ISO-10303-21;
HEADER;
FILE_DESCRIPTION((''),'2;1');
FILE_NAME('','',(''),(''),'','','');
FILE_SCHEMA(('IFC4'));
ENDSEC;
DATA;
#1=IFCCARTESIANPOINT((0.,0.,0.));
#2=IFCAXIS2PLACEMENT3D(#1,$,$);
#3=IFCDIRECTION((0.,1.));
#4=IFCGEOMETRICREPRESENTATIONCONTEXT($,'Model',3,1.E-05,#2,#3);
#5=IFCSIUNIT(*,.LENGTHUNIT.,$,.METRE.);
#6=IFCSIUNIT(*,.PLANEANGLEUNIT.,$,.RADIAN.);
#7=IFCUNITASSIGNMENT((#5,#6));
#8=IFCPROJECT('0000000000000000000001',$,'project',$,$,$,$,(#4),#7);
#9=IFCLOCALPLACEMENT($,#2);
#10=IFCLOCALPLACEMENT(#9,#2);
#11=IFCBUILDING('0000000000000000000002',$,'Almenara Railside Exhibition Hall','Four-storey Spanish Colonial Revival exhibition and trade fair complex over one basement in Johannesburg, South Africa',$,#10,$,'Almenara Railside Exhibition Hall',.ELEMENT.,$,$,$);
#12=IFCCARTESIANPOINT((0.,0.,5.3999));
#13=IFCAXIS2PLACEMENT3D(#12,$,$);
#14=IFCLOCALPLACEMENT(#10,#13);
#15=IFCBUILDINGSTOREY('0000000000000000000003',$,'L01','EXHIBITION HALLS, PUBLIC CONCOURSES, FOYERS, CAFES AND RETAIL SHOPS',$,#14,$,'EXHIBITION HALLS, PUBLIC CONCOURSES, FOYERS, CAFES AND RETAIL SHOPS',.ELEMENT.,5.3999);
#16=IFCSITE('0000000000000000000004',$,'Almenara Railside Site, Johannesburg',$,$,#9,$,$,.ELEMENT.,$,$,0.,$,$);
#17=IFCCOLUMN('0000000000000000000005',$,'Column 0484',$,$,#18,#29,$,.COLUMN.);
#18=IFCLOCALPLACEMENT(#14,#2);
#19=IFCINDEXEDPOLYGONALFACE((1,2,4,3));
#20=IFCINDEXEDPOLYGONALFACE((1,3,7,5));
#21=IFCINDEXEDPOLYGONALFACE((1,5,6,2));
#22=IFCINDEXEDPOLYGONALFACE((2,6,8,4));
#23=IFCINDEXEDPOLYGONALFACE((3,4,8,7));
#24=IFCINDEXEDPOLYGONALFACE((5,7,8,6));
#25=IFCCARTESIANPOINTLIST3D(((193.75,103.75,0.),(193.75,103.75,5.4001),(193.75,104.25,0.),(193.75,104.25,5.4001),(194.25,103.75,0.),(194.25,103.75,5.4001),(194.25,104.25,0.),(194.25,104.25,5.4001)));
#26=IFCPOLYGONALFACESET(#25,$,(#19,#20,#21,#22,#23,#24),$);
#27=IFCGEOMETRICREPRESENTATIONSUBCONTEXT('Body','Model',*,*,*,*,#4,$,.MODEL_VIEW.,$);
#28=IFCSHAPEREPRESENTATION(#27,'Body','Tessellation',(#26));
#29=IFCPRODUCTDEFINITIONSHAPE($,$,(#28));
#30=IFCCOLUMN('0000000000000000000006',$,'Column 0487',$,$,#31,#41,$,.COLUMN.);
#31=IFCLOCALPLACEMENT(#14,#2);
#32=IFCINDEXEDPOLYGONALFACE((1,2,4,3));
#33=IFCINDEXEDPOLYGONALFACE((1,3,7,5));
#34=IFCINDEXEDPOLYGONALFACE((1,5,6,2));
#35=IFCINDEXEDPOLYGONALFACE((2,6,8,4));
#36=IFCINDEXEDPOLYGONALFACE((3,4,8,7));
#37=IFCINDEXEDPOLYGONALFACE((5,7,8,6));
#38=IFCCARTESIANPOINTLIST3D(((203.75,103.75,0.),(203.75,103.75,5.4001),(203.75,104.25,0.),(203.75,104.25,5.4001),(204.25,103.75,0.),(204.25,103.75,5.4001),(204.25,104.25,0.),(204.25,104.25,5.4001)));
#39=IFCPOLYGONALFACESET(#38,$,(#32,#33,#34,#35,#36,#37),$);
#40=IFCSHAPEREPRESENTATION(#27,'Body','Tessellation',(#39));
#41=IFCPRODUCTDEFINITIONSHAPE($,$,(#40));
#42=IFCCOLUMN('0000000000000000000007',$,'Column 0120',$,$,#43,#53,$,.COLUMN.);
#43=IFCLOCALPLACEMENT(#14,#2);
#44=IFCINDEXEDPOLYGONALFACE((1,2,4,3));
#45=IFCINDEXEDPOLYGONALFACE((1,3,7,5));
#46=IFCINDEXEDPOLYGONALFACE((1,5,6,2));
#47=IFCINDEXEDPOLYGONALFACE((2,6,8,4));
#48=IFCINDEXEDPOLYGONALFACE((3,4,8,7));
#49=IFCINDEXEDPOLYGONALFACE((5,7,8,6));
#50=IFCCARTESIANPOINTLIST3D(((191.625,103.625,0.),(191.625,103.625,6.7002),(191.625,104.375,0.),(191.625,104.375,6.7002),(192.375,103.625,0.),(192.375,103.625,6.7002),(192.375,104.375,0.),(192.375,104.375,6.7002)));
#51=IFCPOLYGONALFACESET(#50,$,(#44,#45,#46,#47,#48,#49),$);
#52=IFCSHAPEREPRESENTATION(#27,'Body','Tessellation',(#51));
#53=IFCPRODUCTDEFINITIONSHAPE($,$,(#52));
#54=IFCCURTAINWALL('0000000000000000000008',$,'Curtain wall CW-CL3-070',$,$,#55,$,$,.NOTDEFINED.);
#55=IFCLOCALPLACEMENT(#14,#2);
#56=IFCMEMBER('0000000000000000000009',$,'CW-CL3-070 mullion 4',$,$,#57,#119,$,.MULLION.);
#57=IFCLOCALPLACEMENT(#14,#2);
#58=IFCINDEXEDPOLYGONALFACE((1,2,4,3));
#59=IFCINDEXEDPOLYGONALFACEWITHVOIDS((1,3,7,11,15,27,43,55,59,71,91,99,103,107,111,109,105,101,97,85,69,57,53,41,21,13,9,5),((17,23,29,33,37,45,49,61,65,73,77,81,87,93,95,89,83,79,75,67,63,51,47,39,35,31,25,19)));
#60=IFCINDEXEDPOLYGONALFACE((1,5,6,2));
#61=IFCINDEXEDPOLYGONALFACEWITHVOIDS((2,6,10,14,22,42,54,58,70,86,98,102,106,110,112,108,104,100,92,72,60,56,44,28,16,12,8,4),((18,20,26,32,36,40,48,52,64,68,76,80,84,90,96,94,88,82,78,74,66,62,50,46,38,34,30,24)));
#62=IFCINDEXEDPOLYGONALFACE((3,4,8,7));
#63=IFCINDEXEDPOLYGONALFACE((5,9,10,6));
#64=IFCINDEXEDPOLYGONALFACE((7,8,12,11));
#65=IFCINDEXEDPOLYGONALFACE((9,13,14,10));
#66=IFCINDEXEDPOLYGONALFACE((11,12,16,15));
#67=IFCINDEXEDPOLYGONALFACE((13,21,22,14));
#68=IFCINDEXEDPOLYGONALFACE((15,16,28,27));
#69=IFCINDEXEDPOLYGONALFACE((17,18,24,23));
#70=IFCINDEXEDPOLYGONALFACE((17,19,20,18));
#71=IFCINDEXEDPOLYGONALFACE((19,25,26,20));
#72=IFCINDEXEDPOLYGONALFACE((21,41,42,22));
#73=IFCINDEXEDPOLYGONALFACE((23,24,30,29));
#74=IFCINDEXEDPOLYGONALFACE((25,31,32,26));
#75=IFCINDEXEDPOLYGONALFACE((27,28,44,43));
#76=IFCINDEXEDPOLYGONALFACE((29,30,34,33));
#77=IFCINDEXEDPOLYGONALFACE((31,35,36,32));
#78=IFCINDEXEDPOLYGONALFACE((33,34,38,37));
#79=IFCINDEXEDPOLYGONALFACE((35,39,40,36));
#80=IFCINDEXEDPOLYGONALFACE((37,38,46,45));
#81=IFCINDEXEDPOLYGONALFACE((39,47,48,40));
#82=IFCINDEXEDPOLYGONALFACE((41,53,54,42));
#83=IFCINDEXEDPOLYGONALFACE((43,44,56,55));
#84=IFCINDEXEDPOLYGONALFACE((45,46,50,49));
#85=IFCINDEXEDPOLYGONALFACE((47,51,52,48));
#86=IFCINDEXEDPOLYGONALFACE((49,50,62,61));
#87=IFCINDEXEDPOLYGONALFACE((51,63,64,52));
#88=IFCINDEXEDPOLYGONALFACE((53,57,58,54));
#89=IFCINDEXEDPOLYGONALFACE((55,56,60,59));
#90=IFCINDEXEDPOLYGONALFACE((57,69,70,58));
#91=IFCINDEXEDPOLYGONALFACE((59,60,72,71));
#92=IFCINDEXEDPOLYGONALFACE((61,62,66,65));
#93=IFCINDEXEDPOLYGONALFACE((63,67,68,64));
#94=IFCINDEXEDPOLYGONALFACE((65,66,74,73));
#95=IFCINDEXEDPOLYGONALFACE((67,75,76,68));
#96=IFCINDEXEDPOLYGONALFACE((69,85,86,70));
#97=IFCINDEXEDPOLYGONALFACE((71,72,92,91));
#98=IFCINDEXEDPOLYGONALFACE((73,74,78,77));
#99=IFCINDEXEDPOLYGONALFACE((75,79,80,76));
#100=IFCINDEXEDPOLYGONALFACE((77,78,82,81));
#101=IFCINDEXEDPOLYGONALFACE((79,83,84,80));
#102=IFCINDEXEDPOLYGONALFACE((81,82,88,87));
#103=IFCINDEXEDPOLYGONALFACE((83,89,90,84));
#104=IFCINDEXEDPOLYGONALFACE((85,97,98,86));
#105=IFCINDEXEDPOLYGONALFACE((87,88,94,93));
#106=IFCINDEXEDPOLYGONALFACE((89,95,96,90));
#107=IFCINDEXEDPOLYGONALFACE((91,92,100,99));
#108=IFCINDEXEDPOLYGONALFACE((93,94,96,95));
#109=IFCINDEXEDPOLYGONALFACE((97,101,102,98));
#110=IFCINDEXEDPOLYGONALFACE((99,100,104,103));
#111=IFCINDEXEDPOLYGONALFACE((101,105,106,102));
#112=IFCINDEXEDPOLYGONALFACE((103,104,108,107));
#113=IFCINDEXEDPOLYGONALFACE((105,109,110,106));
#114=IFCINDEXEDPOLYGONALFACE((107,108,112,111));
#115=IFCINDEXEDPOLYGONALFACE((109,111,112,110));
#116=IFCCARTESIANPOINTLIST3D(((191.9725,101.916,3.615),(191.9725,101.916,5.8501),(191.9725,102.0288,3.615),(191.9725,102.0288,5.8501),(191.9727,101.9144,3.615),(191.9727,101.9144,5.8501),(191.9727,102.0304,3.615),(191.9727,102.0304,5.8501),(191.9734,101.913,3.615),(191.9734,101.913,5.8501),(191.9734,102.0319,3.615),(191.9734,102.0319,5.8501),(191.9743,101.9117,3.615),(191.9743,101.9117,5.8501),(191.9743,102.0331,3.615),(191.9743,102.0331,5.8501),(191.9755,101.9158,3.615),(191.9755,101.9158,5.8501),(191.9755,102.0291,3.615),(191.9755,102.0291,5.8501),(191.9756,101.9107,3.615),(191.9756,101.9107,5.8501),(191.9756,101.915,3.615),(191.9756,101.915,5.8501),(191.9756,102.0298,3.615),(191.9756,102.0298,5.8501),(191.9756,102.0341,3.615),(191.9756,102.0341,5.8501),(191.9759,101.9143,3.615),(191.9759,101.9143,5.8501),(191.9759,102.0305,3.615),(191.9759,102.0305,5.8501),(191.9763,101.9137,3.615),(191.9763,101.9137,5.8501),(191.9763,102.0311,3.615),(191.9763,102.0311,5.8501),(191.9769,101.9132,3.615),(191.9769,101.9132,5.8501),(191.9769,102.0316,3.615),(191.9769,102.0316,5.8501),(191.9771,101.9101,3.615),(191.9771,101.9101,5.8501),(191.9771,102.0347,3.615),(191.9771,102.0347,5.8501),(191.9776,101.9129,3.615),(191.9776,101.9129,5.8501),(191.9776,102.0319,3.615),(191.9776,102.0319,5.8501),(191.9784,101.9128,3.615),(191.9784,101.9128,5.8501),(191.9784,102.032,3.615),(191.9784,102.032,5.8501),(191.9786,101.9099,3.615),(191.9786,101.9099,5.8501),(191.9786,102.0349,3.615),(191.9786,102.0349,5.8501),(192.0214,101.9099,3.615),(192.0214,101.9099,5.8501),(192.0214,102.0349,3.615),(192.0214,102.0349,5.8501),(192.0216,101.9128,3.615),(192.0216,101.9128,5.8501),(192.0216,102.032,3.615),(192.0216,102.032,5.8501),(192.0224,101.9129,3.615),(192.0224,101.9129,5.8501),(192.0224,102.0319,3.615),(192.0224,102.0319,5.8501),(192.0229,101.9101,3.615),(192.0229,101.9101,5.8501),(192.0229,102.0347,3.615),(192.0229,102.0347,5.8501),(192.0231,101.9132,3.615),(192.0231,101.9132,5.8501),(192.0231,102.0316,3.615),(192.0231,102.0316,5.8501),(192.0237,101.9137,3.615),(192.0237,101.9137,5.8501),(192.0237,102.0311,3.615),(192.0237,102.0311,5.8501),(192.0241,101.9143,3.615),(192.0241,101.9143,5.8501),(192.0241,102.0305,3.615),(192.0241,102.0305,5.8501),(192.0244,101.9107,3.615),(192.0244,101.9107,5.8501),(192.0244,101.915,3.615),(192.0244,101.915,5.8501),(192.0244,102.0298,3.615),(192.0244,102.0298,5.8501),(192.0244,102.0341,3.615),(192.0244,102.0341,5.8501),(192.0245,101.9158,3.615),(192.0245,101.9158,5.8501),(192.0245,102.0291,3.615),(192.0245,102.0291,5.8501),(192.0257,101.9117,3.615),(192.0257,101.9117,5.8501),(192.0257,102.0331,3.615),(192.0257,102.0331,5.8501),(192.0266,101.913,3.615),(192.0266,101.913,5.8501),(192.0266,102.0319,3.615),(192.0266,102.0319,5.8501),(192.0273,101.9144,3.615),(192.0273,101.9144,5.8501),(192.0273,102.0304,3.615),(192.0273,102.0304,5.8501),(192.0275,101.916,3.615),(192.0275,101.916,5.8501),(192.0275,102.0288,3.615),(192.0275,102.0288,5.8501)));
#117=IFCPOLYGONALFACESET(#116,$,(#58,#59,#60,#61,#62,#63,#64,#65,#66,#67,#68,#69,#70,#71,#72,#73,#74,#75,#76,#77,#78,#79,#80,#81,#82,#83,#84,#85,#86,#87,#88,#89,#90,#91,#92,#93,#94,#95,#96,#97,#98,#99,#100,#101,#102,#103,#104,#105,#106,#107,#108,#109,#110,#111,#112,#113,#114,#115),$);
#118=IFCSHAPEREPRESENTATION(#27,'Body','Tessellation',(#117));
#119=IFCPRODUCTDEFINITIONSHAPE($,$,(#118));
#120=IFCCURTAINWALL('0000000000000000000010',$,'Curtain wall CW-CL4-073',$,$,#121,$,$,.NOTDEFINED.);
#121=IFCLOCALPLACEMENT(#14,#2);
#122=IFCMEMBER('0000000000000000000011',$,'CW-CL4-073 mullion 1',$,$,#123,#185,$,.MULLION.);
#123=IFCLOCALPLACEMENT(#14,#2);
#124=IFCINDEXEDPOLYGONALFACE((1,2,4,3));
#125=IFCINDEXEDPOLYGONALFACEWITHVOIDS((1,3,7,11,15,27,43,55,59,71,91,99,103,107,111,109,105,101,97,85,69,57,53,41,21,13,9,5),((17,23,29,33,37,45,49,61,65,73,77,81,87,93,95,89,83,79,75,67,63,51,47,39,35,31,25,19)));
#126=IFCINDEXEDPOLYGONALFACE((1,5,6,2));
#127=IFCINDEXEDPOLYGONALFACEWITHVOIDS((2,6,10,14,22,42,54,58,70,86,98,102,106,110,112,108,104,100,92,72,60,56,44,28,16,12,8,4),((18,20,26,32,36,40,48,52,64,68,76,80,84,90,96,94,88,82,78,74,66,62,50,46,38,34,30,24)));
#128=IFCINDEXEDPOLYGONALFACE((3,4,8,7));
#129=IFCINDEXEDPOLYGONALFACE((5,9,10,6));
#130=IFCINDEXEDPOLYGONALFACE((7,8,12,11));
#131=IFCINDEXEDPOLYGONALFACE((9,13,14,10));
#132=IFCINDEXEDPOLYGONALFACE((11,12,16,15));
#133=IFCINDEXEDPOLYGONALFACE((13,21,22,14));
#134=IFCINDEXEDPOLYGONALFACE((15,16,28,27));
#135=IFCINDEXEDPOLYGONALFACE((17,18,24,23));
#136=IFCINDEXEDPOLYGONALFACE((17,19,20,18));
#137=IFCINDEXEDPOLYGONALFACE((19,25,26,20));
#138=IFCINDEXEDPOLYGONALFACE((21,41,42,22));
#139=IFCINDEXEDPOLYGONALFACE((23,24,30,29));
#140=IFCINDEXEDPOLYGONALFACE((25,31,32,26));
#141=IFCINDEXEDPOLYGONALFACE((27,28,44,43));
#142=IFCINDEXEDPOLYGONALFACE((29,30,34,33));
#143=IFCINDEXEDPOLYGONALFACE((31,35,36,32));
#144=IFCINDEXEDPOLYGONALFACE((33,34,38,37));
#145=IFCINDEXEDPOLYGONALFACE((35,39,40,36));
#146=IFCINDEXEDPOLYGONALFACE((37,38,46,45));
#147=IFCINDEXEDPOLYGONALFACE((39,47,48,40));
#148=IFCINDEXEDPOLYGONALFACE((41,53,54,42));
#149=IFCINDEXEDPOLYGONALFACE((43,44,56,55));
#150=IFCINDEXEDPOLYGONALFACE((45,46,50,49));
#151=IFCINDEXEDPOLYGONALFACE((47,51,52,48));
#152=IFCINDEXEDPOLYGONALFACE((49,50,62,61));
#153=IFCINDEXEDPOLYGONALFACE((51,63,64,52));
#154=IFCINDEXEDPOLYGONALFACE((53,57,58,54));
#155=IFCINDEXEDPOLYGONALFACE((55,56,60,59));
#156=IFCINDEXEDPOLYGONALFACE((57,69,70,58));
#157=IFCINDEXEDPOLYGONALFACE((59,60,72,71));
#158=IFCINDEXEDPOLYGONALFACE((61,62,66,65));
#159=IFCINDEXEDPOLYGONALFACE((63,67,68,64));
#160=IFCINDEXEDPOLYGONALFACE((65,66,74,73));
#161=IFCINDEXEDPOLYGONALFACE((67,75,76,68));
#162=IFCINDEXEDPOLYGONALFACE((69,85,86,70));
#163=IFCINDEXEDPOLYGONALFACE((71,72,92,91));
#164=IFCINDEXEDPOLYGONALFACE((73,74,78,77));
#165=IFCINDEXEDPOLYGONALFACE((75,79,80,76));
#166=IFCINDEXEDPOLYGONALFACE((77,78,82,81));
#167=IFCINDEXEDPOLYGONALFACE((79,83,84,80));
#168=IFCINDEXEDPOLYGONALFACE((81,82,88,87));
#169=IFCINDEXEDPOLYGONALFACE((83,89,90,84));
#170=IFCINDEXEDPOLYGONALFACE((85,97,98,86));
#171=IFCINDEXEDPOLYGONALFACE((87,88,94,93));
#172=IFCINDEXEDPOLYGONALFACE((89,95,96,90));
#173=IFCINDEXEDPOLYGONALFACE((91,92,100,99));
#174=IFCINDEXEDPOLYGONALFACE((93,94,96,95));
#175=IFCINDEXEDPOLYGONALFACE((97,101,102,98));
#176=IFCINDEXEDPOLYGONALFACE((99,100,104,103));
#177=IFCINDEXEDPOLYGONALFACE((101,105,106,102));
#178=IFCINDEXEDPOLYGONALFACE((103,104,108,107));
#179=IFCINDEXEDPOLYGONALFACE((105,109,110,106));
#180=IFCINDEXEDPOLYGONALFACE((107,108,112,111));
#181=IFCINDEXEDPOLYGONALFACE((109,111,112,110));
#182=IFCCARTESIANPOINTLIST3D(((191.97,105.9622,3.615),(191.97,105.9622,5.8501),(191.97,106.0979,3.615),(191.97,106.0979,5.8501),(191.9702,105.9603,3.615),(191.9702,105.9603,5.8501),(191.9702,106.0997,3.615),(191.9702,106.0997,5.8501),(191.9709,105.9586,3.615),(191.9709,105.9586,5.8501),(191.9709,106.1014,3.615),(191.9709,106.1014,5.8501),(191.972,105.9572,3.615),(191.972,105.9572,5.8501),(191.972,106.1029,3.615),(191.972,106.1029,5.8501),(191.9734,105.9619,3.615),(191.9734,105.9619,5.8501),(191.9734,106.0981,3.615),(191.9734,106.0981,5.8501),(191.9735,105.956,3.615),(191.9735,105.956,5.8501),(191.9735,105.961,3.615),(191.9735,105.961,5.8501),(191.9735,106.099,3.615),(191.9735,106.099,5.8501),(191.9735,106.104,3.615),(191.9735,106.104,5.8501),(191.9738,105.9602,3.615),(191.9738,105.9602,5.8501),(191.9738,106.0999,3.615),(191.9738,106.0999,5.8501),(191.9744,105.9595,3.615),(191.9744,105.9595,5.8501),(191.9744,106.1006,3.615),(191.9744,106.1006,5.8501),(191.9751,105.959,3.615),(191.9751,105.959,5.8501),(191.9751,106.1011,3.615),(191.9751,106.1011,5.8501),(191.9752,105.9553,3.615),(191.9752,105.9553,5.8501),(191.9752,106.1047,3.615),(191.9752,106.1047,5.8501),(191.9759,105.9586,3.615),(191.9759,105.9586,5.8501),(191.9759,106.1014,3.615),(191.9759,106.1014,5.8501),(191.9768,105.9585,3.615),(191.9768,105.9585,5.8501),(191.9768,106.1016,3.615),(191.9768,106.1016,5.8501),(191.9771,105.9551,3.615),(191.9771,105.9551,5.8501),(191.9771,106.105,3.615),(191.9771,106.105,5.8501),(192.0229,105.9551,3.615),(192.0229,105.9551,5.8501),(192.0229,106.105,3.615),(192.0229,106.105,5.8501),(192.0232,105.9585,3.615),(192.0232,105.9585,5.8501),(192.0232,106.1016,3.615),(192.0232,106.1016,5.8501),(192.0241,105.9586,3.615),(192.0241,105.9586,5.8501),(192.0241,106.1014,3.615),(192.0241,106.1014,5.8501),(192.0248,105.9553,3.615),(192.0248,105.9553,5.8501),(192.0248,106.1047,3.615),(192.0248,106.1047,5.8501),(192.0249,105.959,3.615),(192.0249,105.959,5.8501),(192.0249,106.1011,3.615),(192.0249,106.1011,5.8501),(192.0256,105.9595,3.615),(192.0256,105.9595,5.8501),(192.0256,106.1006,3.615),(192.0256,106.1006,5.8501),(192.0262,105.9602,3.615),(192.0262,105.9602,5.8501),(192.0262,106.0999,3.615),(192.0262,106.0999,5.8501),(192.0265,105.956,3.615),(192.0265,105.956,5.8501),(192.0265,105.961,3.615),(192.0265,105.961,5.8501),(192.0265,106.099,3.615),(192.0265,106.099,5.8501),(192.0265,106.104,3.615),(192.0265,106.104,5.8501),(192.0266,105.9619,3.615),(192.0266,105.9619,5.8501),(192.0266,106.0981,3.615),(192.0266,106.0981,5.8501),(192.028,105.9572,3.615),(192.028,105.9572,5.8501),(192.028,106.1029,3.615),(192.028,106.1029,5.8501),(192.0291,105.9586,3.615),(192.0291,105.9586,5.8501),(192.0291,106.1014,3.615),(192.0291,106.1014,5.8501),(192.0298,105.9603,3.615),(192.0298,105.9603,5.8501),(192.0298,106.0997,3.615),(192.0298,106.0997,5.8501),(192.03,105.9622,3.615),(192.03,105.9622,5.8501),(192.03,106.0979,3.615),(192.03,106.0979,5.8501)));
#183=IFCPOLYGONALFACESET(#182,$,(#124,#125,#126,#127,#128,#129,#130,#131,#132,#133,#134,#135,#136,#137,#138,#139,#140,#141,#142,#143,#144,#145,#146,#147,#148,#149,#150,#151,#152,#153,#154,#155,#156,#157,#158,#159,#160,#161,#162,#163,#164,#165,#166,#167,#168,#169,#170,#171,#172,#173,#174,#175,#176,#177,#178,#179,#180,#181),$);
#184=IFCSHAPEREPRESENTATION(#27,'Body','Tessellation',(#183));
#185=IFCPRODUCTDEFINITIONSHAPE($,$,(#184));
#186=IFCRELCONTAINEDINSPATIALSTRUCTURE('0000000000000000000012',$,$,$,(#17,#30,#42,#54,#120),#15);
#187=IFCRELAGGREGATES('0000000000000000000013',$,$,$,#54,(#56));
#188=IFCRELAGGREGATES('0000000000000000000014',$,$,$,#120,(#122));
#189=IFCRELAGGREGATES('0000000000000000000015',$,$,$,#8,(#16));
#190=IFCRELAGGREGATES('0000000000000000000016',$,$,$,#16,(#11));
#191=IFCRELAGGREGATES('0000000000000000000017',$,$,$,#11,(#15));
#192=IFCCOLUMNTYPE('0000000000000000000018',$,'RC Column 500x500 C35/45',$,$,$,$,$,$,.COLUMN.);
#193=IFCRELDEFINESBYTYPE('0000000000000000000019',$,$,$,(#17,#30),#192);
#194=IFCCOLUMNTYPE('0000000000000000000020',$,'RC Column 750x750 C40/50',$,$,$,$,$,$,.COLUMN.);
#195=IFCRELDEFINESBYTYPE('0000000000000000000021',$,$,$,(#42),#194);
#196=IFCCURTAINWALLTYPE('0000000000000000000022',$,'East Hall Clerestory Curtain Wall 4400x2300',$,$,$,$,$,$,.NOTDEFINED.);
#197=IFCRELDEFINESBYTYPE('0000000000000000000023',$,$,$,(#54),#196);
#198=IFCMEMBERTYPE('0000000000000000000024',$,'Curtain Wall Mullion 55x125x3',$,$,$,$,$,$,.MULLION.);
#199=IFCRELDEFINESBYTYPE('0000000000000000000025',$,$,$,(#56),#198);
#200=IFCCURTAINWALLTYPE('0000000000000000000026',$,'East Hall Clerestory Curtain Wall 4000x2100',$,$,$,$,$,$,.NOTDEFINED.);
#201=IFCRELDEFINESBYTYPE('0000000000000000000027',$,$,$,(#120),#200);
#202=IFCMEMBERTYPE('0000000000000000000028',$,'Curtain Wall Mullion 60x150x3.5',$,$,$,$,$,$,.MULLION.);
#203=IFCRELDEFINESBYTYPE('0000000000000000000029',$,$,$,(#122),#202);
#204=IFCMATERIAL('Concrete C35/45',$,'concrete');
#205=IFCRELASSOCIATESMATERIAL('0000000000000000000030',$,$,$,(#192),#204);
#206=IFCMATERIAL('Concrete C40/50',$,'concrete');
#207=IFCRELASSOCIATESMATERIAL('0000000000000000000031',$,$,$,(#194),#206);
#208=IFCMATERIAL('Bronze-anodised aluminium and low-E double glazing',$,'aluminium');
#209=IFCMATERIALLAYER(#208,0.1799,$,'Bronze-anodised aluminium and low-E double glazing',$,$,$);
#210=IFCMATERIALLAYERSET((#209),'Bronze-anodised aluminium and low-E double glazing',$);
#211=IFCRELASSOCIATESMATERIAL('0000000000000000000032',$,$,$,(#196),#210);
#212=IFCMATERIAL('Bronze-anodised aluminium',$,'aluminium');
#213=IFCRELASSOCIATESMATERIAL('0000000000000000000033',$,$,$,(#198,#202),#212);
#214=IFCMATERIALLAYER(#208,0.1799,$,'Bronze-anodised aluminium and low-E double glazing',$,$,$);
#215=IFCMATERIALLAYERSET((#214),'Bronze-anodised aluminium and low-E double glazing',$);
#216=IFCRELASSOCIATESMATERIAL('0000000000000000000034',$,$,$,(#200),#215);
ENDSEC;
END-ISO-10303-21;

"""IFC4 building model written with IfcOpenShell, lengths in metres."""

from ifc_helpers import new_model, si_unit, direction, frame, origin, origin_2d, place, context, subcontext, project, spatial, rectangle, hollow_rectangle, extrude, material, layer, layer_set, material_profile, profile_set, type_object, element, aggregate, save


model = new_model("IFC4")

# Units and contexts
model_context = context("Model", 3, precision=1e-05, world=origin(), true_north=direction((0.0, 1.0)))
body_context = subcontext(model_context, "Body", "Model", "MODEL_VIEW")
ifc_project = project(units=[si_unit("LENGTHUNIT", "METRE"), si_unit("PLANEANGLEUNIT", "RADIAN")], contexts=[model_context])

# Site, building, storey
site_placement = place(None, origin())
site = spatial("IfcSite", under=ifc_project, at=site_placement, Name="Almenara Railside Site, Johannesburg", CompositionType="ELEMENT", RefElevation=0.0)
building_placement = place(site_placement, origin())
building = spatial("IfcBuilding", under=site, at=building_placement, Name="Almenara Railside Exhibition Hall", Description="Four-storey Spanish Colonial Revival exhibition and trade fair complex over one basement in Johannesburg, South Africa", LongName="Almenara Railside Exhibition Hall", CompositionType="ELEMENT")
storey_placement = place(building_placement, frame((0.0, 0.0, 5.3999)))
storey = spatial("IfcBuildingStorey", under=building, at=storey_placement, Name="L01", Description="EXHIBITION HALLS, PUBLIC CONCOURSES, FOYERS, CAFES AND RETAIL SHOPS", LongName="EXHIBITION HALLS, PUBLIC CONCOURSES, FOYERS, CAFES AND RETAIL SHOPS", CompositionType="ELEMENT", Elevation=5.3999)

# Columns
ifc_material_1 = material(Name="Concrete C35/45", Category="concrete")
ifc_material_profile_1 = material_profile(ifc_material_1, rectangle(XDim=0.5, YDim=0.5, at=origin_2d()), Name="RC 500x500")
ifc_profile_set_1 = profile_set([ifc_material_profile_1], Name="Concrete C35/45")
column_type_1 = type_object("IfcColumnType", Name="RC Column 500x500 C35/45", PredefinedType="COLUMN", material=ifc_profile_set_1)
for number, where, z_axis, x_axis, name in (
    (1, (194.0, 104.0, 0.0), (0.0, 0.0, 1.0), (1.0, 0.0, 0.0), "Column 0484"),
    (2, (204.0, 104.0, 0.0), (0.0, 0.0, 1.0), (1.0, 0.0, 0.0), "Column 0487"),
):
    element("IfcColumn", number, at=place(storey_placement, frame(where, z_axis=z_axis, x_axis=x_axis)), inside=storey, type_object=column_type_1, Name=name, PredefinedType="COLUMN", context=body_context, shape_type="SweptSolid", body=[
        extrude(rectangle(XDim=0.5, YDim=0.5, at=origin_2d()), origin(), (0.0, 0.0, 1.0), 5.4001),
    ])
ifc_material_2 = material(Name="Concrete C40/50", Category="concrete")
ifc_material_profile_2 = material_profile(ifc_material_2, rectangle(XDim=0.75, YDim=0.75, at=origin_2d()), Name="RC 750x750")
ifc_profile_set_2 = profile_set([ifc_material_profile_2], Name="Concrete C40/50")
column_type_2 = type_object("IfcColumnType", Name="RC Column 750x750 C40/50", PredefinedType="COLUMN", material=ifc_profile_set_2)
column_placement = place(storey_placement, frame((192.0, 104.0, 0.0), z_axis=(0.0, 0.0, 1.0), x_axis=(1.0, 0.0, 0.0)))
element("IfcColumn", 3, at=column_placement, inside=storey, type_object=column_type_2, Name="Column 0120", PredefinedType="COLUMN", context=body_context, shape_type="SweptSolid", body=[
    extrude(rectangle(XDim=0.75, YDim=0.75, at=origin_2d()), origin(), (0.0, 0.0, 1.0), 6.7002),
])

# Curtain wall, member
ifc_material_3 = material(Name="Bronze-anodised aluminium and low-E double glazing", Category="aluminium")
ifc_layer_1 = layer(ifc_material_3, 0.1799, Name="Bronze-anodised aluminium and low-E double glazing")
ifc_layer_set_1 = layer_set([ifc_layer_1], Name="Bronze-anodised aluminium and low-E double glazing")
curtain_wall_type_1 = type_object("IfcCurtainWallType", Name="East Hall Clerestory Curtain Wall 4400x2300", PredefinedType="NOTDEFINED", material=ifc_layer_set_1)
curtain_wall_1_placement = place(storey_placement, origin())
curtain_wall_1 = element("IfcCurtainWall", 4, at=curtain_wall_1_placement, inside=storey, type_object=curtain_wall_type_1, Name="Curtain wall CW-CL3-070", PredefinedType="NOTDEFINED")
ifc_material_4 = material(Name="Bronze-anodised aluminium", Category="aluminium")
ifc_material_profile_3 = material_profile(ifc_material_4, hollow_rectangle(XDim=0.0549, YDim=0.125, WallThickness=0.0029, InnerFilletRadius=0.0029, OuterFilletRadius=0.0061, at=origin_2d()), Name="ALU-MUL 55x125x3")
ifc_profile_set_3 = profile_set([ifc_material_profile_3], Name="Bronze-anodised aluminium")
member_type_1 = type_object("IfcMemberType", Name="Curtain Wall Mullion 55x125x3", PredefinedType="MULLION", material=ifc_profile_set_3)
member_1_placement = place(storey_placement, frame((192.0, 101.9724, 3.615), z_axis=(0.0, 0.0, 1.0), x_axis=(-1.0, 0.0, 0.0)))
member_1 = element("IfcMember", 5, at=member_1_placement, type_object=member_type_1, Name="CW-CL3-070 mullion 4", PredefinedType="MULLION", context=body_context, shape_type="SweptSolid", body=[
    extrude(hollow_rectangle(XDim=0.0549, YDim=0.125, WallThickness=0.0029, InnerFilletRadius=0.0029, OuterFilletRadius=0.0061, at=origin_2d()), origin(), (0.0, 0.0, 1.0), 2.2351),
])

# Curtain wall, member
ifc_layer_2 = layer(ifc_material_3, 0.1799, Name="Bronze-anodised aluminium and low-E double glazing")
ifc_layer_set_2 = layer_set([ifc_layer_2], Name="Bronze-anodised aluminium and low-E double glazing")
curtain_wall_type_2 = type_object("IfcCurtainWallType", Name="East Hall Clerestory Curtain Wall 4000x2100", PredefinedType="NOTDEFINED", material=ifc_layer_set_2)
curtain_wall_2_placement = place(storey_placement, origin())
curtain_wall_2 = element("IfcCurtainWall", 6, at=curtain_wall_2_placement, inside=storey, type_object=curtain_wall_type_2, Name="Curtain wall CW-CL4-073", PredefinedType="NOTDEFINED")
ifc_material_profile_4 = material_profile(ifc_material_4, hollow_rectangle(XDim=0.0601, YDim=0.1499, WallThickness=0.0034, InnerFilletRadius=0.0034, OuterFilletRadius=0.0071, at=origin_2d()), Name="ALU-MUL 60x150x3.5")
ifc_profile_set_4 = profile_set([ifc_material_profile_4], Name="Bronze-anodised aluminium")
member_type_2 = type_object("IfcMemberType", Name="Curtain Wall Mullion 60x150x3.5", PredefinedType="MULLION", material=ifc_profile_set_4)
member_2_placement = place(storey_placement, frame((192.0, 106.03, 3.615), z_axis=(0.0, 0.0, 1.0), x_axis=(-1.0, 0.0, 0.0)))
member_2 = element("IfcMember", 7, at=member_2_placement, type_object=member_type_2, Name="CW-CL4-073 mullion 1", PredefinedType="MULLION", context=body_context, shape_type="SweptSolid", body=[
    extrude(hollow_rectangle(XDim=0.0601, YDim=0.1499, WallThickness=0.0034, InnerFilletRadius=0.0034, OuterFilletRadius=0.0071, at=origin_2d()), origin(), (0.0, 0.0, 1.0), 2.2351),
])

aggregate(curtain_wall_1, [member_1])
aggregate(curtain_wall_2, [member_2])

save(model, "model.ifc")
